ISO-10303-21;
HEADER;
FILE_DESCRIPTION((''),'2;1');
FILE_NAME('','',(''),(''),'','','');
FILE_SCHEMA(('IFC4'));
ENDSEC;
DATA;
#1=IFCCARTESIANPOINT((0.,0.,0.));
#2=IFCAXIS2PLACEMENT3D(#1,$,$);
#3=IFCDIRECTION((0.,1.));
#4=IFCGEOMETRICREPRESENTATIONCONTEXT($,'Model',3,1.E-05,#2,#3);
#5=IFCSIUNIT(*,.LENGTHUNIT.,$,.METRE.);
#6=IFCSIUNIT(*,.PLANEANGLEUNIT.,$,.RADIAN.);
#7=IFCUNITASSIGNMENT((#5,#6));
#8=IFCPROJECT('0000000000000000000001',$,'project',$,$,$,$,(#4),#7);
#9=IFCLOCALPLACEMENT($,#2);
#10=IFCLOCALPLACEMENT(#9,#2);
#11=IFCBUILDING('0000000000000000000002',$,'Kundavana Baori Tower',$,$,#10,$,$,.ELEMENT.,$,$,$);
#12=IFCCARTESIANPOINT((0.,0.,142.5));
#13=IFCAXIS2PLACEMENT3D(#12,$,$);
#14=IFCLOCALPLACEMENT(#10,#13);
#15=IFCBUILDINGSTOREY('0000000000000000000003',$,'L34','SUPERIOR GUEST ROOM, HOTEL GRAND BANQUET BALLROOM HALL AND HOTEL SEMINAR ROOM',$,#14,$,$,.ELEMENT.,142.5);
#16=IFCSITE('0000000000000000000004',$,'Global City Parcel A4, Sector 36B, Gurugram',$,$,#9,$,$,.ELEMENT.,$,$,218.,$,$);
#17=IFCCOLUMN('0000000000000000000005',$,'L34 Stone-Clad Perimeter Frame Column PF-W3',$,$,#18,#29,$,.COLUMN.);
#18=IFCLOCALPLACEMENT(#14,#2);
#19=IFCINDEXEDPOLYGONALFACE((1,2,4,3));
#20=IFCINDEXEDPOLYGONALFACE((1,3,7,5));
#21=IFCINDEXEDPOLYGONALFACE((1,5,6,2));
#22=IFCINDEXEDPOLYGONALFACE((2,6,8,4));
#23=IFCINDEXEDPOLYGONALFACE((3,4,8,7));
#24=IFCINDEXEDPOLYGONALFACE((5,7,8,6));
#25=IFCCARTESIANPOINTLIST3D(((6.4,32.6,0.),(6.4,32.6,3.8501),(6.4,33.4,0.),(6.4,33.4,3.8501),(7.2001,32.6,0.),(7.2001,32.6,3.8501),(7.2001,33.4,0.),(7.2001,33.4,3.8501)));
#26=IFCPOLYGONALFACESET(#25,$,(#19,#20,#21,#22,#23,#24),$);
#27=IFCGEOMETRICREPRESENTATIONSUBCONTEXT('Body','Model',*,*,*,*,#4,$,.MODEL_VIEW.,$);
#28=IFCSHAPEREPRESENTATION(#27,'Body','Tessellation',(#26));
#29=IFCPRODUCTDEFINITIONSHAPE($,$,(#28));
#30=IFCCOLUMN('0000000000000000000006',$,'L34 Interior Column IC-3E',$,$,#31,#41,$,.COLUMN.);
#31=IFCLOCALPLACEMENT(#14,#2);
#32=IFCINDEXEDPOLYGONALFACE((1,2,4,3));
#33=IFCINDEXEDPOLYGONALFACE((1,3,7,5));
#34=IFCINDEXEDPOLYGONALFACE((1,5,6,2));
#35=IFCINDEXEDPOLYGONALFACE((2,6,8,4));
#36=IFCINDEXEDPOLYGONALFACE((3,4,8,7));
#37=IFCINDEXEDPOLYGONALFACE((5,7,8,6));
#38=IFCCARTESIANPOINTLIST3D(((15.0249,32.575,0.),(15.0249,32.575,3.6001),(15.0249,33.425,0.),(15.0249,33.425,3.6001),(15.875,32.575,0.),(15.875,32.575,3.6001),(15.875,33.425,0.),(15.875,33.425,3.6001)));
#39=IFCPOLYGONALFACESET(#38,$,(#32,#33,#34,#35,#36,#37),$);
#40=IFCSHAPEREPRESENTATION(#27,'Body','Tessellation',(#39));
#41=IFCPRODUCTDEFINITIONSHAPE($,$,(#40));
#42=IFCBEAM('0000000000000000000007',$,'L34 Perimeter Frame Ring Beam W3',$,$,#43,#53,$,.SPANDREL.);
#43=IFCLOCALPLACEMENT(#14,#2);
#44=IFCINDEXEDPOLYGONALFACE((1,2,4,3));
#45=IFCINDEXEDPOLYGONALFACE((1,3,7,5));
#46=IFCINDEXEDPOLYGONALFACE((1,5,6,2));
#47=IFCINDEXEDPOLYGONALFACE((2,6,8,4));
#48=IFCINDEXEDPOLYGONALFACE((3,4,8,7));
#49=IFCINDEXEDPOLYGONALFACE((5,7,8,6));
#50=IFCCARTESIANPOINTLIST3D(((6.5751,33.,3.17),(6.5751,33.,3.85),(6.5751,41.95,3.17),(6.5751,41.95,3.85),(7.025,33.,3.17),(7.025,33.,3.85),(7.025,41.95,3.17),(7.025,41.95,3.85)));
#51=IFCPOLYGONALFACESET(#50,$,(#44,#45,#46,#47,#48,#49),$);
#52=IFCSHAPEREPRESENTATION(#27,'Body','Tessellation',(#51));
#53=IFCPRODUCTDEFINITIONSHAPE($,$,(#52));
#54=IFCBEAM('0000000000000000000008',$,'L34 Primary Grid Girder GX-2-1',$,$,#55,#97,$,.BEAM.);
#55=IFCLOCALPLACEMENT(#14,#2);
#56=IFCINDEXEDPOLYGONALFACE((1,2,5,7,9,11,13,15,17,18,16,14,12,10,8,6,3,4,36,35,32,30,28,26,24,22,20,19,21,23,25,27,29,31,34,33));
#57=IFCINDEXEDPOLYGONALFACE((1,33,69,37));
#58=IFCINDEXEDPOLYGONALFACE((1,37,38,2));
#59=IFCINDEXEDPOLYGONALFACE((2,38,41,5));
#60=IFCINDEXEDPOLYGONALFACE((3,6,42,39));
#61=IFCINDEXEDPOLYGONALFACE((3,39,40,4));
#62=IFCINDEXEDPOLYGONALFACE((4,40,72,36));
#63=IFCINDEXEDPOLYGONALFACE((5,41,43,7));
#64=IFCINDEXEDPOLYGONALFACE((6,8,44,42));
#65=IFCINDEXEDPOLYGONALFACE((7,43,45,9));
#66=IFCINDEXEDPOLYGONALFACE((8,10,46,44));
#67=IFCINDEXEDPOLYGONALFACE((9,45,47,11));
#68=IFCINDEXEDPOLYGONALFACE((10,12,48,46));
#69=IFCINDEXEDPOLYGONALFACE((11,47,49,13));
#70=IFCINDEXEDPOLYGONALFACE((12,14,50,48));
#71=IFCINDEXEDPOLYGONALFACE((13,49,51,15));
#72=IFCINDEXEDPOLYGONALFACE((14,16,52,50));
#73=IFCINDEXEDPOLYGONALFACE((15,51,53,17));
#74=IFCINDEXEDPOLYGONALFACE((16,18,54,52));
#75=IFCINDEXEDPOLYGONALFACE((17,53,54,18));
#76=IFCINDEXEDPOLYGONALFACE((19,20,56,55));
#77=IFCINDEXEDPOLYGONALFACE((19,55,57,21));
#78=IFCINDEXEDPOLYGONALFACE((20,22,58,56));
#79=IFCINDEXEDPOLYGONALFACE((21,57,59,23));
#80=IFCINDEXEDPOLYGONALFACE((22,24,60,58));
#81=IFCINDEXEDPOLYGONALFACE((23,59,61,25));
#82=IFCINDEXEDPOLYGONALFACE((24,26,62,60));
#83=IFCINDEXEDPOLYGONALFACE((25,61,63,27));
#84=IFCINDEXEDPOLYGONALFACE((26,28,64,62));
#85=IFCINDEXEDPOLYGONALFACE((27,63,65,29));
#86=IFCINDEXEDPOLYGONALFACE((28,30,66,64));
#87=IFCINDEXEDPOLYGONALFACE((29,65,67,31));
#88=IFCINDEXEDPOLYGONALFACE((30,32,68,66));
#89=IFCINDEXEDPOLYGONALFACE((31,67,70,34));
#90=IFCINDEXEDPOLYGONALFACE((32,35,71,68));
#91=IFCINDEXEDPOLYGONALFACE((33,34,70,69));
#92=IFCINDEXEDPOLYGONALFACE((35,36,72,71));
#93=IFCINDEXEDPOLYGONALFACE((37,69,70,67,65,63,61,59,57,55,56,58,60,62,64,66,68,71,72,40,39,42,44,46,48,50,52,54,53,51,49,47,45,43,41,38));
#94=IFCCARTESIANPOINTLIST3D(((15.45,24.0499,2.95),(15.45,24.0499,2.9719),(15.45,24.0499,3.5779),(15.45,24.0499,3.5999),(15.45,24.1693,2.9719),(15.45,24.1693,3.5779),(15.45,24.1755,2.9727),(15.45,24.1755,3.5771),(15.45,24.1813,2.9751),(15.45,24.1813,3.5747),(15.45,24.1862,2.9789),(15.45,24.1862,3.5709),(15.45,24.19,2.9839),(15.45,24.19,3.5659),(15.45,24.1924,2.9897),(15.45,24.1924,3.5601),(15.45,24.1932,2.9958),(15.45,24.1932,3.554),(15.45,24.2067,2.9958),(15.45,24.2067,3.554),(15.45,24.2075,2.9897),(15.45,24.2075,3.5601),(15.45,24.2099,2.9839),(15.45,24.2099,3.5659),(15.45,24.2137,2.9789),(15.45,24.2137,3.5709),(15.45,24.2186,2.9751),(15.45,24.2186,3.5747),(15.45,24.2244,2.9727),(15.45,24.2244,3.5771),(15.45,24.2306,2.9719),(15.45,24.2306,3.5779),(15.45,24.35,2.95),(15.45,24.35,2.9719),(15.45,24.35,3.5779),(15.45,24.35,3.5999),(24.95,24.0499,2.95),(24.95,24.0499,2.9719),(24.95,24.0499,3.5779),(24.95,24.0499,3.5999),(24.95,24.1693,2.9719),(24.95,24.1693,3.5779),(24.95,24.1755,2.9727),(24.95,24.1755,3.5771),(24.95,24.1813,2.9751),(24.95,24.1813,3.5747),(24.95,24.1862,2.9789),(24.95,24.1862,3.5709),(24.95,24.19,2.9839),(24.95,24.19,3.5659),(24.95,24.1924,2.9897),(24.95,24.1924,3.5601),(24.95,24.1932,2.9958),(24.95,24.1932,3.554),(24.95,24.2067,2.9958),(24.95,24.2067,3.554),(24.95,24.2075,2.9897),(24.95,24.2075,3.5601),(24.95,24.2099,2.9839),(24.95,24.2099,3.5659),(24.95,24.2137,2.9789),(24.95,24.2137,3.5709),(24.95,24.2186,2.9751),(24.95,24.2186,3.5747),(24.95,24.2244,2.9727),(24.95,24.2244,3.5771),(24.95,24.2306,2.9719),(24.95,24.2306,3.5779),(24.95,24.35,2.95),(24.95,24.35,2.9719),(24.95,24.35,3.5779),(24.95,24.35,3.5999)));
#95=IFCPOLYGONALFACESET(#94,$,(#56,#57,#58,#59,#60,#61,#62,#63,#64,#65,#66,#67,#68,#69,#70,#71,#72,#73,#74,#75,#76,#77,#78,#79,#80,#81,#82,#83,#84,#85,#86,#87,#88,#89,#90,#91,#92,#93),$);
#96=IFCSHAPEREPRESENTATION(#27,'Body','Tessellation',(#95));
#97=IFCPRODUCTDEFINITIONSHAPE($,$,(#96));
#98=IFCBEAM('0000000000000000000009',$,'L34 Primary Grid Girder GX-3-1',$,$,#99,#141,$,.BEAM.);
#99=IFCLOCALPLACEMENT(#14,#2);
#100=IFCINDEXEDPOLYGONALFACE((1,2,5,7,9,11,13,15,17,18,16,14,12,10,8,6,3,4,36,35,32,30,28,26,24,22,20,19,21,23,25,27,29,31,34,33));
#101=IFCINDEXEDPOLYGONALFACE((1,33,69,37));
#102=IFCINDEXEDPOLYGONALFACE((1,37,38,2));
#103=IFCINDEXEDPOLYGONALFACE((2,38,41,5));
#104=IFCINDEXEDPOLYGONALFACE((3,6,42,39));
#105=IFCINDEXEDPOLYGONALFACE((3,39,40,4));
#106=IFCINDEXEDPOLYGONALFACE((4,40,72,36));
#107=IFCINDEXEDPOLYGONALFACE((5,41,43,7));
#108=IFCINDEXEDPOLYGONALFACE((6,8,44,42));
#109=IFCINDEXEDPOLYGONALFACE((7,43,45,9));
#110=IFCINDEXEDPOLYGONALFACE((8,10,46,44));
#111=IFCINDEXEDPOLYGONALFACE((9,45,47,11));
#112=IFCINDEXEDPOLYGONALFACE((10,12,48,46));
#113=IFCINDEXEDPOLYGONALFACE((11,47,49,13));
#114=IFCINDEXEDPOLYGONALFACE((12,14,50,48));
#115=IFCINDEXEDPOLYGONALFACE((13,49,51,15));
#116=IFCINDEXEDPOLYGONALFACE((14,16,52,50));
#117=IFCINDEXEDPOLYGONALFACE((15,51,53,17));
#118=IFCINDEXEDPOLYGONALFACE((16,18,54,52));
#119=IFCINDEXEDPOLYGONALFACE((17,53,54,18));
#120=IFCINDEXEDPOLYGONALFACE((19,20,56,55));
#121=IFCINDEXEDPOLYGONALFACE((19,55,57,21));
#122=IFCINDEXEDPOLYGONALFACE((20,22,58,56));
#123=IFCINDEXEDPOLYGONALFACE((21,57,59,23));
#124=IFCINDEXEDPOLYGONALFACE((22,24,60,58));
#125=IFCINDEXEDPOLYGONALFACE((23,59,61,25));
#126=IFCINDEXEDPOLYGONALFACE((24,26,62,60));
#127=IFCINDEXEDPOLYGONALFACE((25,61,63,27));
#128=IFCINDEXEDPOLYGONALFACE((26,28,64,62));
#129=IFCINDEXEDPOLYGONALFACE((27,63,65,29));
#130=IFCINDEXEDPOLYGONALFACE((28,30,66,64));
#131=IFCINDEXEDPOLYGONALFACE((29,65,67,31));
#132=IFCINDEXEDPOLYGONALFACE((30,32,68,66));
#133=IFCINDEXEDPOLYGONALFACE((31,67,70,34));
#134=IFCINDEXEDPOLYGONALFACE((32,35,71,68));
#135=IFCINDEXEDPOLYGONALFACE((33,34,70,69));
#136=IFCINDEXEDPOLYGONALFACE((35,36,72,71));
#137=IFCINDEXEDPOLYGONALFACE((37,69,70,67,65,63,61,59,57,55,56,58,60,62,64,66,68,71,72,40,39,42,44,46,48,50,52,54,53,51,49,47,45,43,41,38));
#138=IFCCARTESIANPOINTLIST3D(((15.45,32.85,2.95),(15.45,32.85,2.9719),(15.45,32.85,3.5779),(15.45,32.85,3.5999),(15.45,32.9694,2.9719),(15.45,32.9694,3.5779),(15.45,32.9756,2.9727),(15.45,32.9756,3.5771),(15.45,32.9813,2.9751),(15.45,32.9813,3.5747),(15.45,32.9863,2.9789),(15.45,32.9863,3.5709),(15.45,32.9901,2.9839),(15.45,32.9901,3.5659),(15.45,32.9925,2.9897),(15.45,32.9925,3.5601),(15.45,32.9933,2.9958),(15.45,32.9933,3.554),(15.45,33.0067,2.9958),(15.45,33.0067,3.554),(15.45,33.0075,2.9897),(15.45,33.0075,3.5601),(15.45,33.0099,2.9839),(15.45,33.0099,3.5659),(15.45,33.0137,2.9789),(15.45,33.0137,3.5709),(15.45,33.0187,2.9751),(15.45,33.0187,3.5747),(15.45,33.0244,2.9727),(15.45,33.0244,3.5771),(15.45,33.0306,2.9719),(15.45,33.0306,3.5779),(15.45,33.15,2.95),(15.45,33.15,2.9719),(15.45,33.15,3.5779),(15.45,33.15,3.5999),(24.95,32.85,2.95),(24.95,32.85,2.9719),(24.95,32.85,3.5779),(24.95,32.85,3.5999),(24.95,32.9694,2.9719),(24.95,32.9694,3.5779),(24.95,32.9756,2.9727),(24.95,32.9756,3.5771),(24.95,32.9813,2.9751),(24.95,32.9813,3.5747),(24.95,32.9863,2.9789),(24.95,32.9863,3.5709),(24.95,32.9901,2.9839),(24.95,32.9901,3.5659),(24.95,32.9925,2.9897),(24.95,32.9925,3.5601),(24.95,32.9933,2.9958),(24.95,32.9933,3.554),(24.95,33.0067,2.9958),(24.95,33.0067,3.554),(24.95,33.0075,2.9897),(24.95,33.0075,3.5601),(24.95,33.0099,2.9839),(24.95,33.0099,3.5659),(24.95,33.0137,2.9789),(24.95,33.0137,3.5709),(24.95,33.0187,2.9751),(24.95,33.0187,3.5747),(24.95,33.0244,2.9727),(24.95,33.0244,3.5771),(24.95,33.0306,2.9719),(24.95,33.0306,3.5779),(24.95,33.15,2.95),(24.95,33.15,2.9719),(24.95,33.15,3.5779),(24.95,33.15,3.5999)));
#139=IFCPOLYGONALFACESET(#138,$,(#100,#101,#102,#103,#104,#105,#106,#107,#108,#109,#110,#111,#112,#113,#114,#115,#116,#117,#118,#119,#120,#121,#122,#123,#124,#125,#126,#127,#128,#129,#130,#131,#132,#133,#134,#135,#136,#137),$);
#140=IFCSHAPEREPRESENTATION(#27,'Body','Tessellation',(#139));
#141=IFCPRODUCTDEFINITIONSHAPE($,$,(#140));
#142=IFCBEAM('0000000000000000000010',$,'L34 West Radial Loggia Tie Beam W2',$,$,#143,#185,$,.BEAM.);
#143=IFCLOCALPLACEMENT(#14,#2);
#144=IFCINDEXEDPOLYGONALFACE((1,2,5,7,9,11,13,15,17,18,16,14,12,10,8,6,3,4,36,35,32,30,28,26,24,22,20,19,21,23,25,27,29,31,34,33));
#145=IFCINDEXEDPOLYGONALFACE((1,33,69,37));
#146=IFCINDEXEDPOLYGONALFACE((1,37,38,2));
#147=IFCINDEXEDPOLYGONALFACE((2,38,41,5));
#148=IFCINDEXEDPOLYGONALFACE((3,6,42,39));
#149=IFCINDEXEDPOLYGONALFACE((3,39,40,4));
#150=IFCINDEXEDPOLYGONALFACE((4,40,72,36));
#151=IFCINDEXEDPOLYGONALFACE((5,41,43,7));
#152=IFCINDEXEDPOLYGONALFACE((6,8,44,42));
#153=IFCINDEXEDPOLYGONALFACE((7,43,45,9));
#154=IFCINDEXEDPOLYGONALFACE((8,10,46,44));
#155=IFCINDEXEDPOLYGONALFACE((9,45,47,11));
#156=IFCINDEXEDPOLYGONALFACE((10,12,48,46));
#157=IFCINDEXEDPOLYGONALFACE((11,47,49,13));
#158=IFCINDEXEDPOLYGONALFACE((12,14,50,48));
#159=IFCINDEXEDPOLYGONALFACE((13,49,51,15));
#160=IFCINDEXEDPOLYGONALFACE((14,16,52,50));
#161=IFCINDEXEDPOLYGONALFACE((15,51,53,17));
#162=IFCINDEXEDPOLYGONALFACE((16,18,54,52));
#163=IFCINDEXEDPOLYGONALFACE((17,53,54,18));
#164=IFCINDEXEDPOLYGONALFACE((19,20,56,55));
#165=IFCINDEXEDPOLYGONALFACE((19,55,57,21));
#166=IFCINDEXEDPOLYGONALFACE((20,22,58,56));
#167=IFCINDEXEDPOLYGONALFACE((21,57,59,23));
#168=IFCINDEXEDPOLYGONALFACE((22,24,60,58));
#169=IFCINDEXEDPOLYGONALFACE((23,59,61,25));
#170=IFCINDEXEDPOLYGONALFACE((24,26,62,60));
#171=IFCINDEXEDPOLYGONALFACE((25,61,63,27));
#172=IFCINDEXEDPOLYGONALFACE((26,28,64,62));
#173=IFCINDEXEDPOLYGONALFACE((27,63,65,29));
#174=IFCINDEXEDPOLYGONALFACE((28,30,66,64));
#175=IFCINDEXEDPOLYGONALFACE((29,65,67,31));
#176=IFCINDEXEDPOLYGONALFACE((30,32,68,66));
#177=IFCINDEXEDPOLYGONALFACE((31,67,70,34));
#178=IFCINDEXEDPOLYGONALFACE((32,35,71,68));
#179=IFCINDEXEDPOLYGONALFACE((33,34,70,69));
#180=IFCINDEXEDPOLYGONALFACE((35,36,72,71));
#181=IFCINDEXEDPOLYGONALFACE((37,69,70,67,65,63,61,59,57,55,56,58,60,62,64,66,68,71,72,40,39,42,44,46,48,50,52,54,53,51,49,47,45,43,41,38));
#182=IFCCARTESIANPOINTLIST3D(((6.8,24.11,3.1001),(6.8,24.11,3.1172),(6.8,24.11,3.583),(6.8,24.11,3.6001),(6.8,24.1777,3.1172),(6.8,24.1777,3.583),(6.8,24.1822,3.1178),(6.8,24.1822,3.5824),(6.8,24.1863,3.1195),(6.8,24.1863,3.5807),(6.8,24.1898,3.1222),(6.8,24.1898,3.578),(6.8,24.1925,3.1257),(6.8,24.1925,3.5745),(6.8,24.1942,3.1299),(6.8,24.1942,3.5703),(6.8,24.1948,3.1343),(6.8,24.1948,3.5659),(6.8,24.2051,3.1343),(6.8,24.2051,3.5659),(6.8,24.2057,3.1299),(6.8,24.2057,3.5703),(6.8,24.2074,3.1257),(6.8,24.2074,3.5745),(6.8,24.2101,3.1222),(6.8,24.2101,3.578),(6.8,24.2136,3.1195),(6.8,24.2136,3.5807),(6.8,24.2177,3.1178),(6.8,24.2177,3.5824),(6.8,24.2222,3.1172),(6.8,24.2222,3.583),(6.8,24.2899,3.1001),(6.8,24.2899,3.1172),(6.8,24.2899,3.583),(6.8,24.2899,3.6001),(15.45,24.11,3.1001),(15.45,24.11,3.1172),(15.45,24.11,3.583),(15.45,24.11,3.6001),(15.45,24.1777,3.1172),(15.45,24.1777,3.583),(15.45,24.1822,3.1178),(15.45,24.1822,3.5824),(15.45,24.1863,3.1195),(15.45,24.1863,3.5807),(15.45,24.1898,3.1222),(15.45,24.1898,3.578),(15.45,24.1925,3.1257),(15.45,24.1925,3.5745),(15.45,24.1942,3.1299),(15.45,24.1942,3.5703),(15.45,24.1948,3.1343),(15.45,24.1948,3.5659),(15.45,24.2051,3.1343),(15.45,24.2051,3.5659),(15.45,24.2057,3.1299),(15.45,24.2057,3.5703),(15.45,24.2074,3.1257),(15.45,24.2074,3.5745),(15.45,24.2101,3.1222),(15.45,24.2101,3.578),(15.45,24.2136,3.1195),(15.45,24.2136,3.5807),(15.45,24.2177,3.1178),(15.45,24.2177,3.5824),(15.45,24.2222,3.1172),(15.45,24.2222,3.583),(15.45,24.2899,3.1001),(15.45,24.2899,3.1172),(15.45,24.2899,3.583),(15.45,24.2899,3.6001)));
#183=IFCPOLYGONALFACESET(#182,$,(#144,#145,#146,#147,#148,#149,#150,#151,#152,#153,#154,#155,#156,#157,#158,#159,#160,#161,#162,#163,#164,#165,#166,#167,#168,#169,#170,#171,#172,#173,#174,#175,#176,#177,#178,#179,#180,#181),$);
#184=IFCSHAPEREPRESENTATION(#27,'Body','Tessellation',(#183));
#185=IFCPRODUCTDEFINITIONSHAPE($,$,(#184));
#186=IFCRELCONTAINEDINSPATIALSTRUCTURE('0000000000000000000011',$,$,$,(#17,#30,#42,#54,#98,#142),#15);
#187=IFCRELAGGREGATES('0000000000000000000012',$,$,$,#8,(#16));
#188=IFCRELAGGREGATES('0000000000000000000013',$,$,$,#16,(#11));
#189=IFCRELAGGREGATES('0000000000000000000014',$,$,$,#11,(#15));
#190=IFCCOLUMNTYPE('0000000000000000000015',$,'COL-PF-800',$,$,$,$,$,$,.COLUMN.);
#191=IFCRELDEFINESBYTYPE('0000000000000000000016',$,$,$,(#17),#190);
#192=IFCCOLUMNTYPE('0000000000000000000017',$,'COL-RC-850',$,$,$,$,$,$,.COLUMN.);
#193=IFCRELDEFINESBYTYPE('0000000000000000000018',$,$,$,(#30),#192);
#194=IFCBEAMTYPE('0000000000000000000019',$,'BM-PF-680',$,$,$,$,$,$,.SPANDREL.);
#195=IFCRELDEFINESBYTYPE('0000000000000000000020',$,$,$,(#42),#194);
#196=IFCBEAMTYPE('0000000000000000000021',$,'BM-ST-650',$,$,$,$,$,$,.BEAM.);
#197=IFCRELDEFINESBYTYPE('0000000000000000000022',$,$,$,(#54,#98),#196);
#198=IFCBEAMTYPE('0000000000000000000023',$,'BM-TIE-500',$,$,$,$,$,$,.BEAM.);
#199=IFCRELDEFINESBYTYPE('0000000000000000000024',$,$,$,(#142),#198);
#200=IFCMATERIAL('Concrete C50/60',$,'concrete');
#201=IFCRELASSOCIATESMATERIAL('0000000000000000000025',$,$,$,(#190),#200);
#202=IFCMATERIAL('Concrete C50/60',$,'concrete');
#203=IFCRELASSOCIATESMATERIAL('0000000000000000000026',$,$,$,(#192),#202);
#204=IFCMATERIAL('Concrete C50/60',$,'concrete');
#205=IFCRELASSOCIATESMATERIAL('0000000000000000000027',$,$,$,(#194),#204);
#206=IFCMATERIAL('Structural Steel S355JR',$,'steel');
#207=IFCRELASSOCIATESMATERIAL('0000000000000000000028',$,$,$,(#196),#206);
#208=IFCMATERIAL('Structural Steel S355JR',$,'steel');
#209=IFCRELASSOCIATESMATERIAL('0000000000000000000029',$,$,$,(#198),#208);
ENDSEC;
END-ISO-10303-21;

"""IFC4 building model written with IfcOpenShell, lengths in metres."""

from ifc_helpers import new_model, si_unit, direction, frame, origin, origin_2d, place, context, subcontext, project, spatial, rectangle, i_section, extrude, material, material_profile, profile_set, type_object, element, save


model = new_model("IFC4")

# Units and contexts
model_context = context("Model", 3, precision=1e-05, world=origin(), true_north=direction((0.0, 1.0)))
body_context = subcontext(model_context, "Body", "Model", "MODEL_VIEW")
ifc_project = project(units=[si_unit("LENGTHUNIT", "METRE"), si_unit("PLANEANGLEUNIT", "RADIAN")], contexts=[model_context])

# Site, building, storey
site_placement = place(None, origin())
site = spatial("IfcSite", under=ifc_project, at=site_placement, Name="Global City Parcel A4, Sector 36B, Gurugram", CompositionType="ELEMENT", RefElevation=218.0)
building_placement = place(site_placement, origin())
building = spatial("IfcBuilding", under=site, at=building_placement, Name="Kundavana Baori Tower", CompositionType="ELEMENT")
storey_placement = place(building_placement, frame((0.0, 0.0, 142.5)))
storey = spatial("IfcBuildingStorey", under=building, at=storey_placement, Name="L34", Description="SUPERIOR GUEST ROOM, HOTEL GRAND BANQUET BALLROOM HALL AND HOTEL SEMINAR ROOM", CompositionType="ELEMENT", Elevation=142.5)

# Columns
ifc_material_1 = material(Name="Concrete C50/60", Category="concrete")
ifc_material_profile_1 = material_profile(ifc_material_1, rectangle(XDim=0.8, YDim=0.8, at=origin_2d()), Name="RC PF 800x800")
ifc_profile_set_1 = profile_set([ifc_material_profile_1], Name="Concrete C50/60")
column_type_1 = type_object("IfcColumnType", Name="COL-PF-800", PredefinedType="COLUMN", material=ifc_profile_set_1)
column_1_placement = place(storey_placement, frame((6.8, 33.0, 0.0), z_axis=(0.0, 0.0, 1.0), x_axis=(1.0, 0.0, 0.0)))
element("IfcColumn", 1, at=column_1_placement, inside=storey, type_object=column_type_1, Name="L34 Stone-Clad Perimeter Frame Column PF-W3", PredefinedType="COLUMN", context=body_context, shape_type="SweptSolid", body=[
    extrude(rectangle(XDim=0.8, YDim=0.8, at=origin_2d()), origin(), (0.0, 0.0, 1.0), 3.8501),
])
ifc_material_2 = material(Name="Concrete C50/60", Category="concrete")
ifc_material_profile_2 = material_profile(ifc_material_2, rectangle(XDim=0.8501, YDim=0.8501, at=origin_2d()), Name="RC 850x850")
ifc_profile_set_2 = profile_set([ifc_material_profile_2], Name="Concrete C50/60")
column_type_2 = type_object("IfcColumnType", Name="COL-RC-850", PredefinedType="COLUMN", material=ifc_profile_set_2)
column_2_placement = place(storey_placement, frame((15.45, 33.0, 0.0), z_axis=(0.0, 0.0, 1.0), x_axis=(1.0, 0.0, 0.0)))
element("IfcColumn", 2, at=column_2_placement, inside=storey, type_object=column_type_2, Name="L34 Interior Column IC-3E", PredefinedType="COLUMN", context=body_context, shape_type="SweptSolid", body=[
    extrude(rectangle(XDim=0.8501, YDim=0.8501, at=origin_2d()), origin(), (0.0, 0.0, 1.0), 3.6001),
])

# Beams
ifc_material_3 = material(Name="Concrete C50/60", Category="concrete")
ifc_material_profile_3 = material_profile(ifc_material_3, rectangle(XDim=0.45, YDim=0.6799, at=origin_2d()), Name="RC BM 450x680")
ifc_profile_set_3 = profile_set([ifc_material_profile_3], Name="Concrete C50/60")
beam_type_1 = type_object("IfcBeamType", Name="BM-PF-680", PredefinedType="SPANDREL", material=ifc_profile_set_3)
beam_placement = place(storey_placement, frame((6.8, 33.0, 3.51), z_axis=(0.0, 1.0, 0.0), x_axis=(-1.0, 0.0, 0.0)))
element("IfcBeam", 3, at=beam_placement, inside=storey, type_object=beam_type_1, Name="L34 Perimeter Frame Ring Beam W3", PredefinedType="SPANDREL", context=body_context, shape_type="SweptSolid", body=[
    extrude(rectangle(XDim=0.45, YDim=0.6799, at=origin_2d()), origin(), (0.0, 0.0, 1.0), 8.95),
])
ifc_material_4 = material(Name="Structural Steel S355JR", Category="steel")
ifc_material_profile_4 = material_profile(ifc_material_4, i_section(OverallWidth=0.3, OverallDepth=0.6499, WebThickness=0.0134, FlangeThickness=0.022, FilletRadius=0.0239, at=origin_2d()), Name="NPB 650x300x155")
ifc_profile_set_4 = profile_set([ifc_material_profile_4], Name="Structural Steel S355JR")
beam_type_2 = type_object("IfcBeamType", Name="BM-ST-650", PredefinedType="BEAM", material=ifc_profile_set_4)
for number, where, z_axis, x_axis, name in (
    (4, (15.45, 24.2, 3.2749), (1.0, 0.0, 0.0), (0.0, 1.0, 0.0), "L34 Primary Grid Girder GX-2-1"),
    (5, (15.45, 33.0, 3.2749), (1.0, 0.0, 0.0), (0.0, 1.0, 0.0), "L34 Primary Grid Girder GX-3-1"),
):
    element("IfcBeam", number, at=place(storey_placement, frame(where, z_axis=z_axis, x_axis=x_axis)), inside=storey, type_object=beam_type_2, Name=name, PredefinedType="BEAM", context=body_context, shape_type="SweptSolid", body=[
        extrude(i_section(OverallWidth=0.3, OverallDepth=0.6499, WebThickness=0.0134, FlangeThickness=0.022, FilletRadius=0.0239, at=origin_2d()), origin(), (0.0, 0.0, 1.0), 9.5),
    ])
ifc_material_5 = material(Name="Structural Steel S355JR", Category="steel")
ifc_material_profile_5 = material_profile(ifc_material_5, i_section(OverallWidth=0.1799, OverallDepth=0.5, WebThickness=0.0103, FlangeThickness=0.0171, FilletRadius=0.0171, at=origin_2d()), Name="ISMB 500")
ifc_profile_set_5 = profile_set([ifc_material_profile_5], Name="Structural Steel S355JR")
beam_type_3 = type_object("IfcBeamType", Name="BM-TIE-500", PredefinedType="BEAM", material=ifc_profile_set_5)
for number, where, z_axis, x_axis, name in (
    (6, (15.45, 24.2, 3.3501), (-1.0, 0.0, 0.0), (0.0, -1.0, 0.0), "L34 West Radial Loggia Tie Beam W2"),
):
    element("IfcBeam", number, at=place(storey_placement, frame(where, z_axis=z_axis, x_axis=x_axis)), inside=storey, type_object=beam_type_3, Name=name, PredefinedType="BEAM", context=body_context, shape_type="SweptSolid", body=[
        extrude(i_section(OverallWidth=0.1799, OverallDepth=0.5, WebThickness=0.0103, FlangeThickness=0.0171, FilletRadius=0.0171, at=origin_2d()), origin(), (0.0, 0.0, 1.0), 8.6499),
    ])

save(model, "model.ifc")
